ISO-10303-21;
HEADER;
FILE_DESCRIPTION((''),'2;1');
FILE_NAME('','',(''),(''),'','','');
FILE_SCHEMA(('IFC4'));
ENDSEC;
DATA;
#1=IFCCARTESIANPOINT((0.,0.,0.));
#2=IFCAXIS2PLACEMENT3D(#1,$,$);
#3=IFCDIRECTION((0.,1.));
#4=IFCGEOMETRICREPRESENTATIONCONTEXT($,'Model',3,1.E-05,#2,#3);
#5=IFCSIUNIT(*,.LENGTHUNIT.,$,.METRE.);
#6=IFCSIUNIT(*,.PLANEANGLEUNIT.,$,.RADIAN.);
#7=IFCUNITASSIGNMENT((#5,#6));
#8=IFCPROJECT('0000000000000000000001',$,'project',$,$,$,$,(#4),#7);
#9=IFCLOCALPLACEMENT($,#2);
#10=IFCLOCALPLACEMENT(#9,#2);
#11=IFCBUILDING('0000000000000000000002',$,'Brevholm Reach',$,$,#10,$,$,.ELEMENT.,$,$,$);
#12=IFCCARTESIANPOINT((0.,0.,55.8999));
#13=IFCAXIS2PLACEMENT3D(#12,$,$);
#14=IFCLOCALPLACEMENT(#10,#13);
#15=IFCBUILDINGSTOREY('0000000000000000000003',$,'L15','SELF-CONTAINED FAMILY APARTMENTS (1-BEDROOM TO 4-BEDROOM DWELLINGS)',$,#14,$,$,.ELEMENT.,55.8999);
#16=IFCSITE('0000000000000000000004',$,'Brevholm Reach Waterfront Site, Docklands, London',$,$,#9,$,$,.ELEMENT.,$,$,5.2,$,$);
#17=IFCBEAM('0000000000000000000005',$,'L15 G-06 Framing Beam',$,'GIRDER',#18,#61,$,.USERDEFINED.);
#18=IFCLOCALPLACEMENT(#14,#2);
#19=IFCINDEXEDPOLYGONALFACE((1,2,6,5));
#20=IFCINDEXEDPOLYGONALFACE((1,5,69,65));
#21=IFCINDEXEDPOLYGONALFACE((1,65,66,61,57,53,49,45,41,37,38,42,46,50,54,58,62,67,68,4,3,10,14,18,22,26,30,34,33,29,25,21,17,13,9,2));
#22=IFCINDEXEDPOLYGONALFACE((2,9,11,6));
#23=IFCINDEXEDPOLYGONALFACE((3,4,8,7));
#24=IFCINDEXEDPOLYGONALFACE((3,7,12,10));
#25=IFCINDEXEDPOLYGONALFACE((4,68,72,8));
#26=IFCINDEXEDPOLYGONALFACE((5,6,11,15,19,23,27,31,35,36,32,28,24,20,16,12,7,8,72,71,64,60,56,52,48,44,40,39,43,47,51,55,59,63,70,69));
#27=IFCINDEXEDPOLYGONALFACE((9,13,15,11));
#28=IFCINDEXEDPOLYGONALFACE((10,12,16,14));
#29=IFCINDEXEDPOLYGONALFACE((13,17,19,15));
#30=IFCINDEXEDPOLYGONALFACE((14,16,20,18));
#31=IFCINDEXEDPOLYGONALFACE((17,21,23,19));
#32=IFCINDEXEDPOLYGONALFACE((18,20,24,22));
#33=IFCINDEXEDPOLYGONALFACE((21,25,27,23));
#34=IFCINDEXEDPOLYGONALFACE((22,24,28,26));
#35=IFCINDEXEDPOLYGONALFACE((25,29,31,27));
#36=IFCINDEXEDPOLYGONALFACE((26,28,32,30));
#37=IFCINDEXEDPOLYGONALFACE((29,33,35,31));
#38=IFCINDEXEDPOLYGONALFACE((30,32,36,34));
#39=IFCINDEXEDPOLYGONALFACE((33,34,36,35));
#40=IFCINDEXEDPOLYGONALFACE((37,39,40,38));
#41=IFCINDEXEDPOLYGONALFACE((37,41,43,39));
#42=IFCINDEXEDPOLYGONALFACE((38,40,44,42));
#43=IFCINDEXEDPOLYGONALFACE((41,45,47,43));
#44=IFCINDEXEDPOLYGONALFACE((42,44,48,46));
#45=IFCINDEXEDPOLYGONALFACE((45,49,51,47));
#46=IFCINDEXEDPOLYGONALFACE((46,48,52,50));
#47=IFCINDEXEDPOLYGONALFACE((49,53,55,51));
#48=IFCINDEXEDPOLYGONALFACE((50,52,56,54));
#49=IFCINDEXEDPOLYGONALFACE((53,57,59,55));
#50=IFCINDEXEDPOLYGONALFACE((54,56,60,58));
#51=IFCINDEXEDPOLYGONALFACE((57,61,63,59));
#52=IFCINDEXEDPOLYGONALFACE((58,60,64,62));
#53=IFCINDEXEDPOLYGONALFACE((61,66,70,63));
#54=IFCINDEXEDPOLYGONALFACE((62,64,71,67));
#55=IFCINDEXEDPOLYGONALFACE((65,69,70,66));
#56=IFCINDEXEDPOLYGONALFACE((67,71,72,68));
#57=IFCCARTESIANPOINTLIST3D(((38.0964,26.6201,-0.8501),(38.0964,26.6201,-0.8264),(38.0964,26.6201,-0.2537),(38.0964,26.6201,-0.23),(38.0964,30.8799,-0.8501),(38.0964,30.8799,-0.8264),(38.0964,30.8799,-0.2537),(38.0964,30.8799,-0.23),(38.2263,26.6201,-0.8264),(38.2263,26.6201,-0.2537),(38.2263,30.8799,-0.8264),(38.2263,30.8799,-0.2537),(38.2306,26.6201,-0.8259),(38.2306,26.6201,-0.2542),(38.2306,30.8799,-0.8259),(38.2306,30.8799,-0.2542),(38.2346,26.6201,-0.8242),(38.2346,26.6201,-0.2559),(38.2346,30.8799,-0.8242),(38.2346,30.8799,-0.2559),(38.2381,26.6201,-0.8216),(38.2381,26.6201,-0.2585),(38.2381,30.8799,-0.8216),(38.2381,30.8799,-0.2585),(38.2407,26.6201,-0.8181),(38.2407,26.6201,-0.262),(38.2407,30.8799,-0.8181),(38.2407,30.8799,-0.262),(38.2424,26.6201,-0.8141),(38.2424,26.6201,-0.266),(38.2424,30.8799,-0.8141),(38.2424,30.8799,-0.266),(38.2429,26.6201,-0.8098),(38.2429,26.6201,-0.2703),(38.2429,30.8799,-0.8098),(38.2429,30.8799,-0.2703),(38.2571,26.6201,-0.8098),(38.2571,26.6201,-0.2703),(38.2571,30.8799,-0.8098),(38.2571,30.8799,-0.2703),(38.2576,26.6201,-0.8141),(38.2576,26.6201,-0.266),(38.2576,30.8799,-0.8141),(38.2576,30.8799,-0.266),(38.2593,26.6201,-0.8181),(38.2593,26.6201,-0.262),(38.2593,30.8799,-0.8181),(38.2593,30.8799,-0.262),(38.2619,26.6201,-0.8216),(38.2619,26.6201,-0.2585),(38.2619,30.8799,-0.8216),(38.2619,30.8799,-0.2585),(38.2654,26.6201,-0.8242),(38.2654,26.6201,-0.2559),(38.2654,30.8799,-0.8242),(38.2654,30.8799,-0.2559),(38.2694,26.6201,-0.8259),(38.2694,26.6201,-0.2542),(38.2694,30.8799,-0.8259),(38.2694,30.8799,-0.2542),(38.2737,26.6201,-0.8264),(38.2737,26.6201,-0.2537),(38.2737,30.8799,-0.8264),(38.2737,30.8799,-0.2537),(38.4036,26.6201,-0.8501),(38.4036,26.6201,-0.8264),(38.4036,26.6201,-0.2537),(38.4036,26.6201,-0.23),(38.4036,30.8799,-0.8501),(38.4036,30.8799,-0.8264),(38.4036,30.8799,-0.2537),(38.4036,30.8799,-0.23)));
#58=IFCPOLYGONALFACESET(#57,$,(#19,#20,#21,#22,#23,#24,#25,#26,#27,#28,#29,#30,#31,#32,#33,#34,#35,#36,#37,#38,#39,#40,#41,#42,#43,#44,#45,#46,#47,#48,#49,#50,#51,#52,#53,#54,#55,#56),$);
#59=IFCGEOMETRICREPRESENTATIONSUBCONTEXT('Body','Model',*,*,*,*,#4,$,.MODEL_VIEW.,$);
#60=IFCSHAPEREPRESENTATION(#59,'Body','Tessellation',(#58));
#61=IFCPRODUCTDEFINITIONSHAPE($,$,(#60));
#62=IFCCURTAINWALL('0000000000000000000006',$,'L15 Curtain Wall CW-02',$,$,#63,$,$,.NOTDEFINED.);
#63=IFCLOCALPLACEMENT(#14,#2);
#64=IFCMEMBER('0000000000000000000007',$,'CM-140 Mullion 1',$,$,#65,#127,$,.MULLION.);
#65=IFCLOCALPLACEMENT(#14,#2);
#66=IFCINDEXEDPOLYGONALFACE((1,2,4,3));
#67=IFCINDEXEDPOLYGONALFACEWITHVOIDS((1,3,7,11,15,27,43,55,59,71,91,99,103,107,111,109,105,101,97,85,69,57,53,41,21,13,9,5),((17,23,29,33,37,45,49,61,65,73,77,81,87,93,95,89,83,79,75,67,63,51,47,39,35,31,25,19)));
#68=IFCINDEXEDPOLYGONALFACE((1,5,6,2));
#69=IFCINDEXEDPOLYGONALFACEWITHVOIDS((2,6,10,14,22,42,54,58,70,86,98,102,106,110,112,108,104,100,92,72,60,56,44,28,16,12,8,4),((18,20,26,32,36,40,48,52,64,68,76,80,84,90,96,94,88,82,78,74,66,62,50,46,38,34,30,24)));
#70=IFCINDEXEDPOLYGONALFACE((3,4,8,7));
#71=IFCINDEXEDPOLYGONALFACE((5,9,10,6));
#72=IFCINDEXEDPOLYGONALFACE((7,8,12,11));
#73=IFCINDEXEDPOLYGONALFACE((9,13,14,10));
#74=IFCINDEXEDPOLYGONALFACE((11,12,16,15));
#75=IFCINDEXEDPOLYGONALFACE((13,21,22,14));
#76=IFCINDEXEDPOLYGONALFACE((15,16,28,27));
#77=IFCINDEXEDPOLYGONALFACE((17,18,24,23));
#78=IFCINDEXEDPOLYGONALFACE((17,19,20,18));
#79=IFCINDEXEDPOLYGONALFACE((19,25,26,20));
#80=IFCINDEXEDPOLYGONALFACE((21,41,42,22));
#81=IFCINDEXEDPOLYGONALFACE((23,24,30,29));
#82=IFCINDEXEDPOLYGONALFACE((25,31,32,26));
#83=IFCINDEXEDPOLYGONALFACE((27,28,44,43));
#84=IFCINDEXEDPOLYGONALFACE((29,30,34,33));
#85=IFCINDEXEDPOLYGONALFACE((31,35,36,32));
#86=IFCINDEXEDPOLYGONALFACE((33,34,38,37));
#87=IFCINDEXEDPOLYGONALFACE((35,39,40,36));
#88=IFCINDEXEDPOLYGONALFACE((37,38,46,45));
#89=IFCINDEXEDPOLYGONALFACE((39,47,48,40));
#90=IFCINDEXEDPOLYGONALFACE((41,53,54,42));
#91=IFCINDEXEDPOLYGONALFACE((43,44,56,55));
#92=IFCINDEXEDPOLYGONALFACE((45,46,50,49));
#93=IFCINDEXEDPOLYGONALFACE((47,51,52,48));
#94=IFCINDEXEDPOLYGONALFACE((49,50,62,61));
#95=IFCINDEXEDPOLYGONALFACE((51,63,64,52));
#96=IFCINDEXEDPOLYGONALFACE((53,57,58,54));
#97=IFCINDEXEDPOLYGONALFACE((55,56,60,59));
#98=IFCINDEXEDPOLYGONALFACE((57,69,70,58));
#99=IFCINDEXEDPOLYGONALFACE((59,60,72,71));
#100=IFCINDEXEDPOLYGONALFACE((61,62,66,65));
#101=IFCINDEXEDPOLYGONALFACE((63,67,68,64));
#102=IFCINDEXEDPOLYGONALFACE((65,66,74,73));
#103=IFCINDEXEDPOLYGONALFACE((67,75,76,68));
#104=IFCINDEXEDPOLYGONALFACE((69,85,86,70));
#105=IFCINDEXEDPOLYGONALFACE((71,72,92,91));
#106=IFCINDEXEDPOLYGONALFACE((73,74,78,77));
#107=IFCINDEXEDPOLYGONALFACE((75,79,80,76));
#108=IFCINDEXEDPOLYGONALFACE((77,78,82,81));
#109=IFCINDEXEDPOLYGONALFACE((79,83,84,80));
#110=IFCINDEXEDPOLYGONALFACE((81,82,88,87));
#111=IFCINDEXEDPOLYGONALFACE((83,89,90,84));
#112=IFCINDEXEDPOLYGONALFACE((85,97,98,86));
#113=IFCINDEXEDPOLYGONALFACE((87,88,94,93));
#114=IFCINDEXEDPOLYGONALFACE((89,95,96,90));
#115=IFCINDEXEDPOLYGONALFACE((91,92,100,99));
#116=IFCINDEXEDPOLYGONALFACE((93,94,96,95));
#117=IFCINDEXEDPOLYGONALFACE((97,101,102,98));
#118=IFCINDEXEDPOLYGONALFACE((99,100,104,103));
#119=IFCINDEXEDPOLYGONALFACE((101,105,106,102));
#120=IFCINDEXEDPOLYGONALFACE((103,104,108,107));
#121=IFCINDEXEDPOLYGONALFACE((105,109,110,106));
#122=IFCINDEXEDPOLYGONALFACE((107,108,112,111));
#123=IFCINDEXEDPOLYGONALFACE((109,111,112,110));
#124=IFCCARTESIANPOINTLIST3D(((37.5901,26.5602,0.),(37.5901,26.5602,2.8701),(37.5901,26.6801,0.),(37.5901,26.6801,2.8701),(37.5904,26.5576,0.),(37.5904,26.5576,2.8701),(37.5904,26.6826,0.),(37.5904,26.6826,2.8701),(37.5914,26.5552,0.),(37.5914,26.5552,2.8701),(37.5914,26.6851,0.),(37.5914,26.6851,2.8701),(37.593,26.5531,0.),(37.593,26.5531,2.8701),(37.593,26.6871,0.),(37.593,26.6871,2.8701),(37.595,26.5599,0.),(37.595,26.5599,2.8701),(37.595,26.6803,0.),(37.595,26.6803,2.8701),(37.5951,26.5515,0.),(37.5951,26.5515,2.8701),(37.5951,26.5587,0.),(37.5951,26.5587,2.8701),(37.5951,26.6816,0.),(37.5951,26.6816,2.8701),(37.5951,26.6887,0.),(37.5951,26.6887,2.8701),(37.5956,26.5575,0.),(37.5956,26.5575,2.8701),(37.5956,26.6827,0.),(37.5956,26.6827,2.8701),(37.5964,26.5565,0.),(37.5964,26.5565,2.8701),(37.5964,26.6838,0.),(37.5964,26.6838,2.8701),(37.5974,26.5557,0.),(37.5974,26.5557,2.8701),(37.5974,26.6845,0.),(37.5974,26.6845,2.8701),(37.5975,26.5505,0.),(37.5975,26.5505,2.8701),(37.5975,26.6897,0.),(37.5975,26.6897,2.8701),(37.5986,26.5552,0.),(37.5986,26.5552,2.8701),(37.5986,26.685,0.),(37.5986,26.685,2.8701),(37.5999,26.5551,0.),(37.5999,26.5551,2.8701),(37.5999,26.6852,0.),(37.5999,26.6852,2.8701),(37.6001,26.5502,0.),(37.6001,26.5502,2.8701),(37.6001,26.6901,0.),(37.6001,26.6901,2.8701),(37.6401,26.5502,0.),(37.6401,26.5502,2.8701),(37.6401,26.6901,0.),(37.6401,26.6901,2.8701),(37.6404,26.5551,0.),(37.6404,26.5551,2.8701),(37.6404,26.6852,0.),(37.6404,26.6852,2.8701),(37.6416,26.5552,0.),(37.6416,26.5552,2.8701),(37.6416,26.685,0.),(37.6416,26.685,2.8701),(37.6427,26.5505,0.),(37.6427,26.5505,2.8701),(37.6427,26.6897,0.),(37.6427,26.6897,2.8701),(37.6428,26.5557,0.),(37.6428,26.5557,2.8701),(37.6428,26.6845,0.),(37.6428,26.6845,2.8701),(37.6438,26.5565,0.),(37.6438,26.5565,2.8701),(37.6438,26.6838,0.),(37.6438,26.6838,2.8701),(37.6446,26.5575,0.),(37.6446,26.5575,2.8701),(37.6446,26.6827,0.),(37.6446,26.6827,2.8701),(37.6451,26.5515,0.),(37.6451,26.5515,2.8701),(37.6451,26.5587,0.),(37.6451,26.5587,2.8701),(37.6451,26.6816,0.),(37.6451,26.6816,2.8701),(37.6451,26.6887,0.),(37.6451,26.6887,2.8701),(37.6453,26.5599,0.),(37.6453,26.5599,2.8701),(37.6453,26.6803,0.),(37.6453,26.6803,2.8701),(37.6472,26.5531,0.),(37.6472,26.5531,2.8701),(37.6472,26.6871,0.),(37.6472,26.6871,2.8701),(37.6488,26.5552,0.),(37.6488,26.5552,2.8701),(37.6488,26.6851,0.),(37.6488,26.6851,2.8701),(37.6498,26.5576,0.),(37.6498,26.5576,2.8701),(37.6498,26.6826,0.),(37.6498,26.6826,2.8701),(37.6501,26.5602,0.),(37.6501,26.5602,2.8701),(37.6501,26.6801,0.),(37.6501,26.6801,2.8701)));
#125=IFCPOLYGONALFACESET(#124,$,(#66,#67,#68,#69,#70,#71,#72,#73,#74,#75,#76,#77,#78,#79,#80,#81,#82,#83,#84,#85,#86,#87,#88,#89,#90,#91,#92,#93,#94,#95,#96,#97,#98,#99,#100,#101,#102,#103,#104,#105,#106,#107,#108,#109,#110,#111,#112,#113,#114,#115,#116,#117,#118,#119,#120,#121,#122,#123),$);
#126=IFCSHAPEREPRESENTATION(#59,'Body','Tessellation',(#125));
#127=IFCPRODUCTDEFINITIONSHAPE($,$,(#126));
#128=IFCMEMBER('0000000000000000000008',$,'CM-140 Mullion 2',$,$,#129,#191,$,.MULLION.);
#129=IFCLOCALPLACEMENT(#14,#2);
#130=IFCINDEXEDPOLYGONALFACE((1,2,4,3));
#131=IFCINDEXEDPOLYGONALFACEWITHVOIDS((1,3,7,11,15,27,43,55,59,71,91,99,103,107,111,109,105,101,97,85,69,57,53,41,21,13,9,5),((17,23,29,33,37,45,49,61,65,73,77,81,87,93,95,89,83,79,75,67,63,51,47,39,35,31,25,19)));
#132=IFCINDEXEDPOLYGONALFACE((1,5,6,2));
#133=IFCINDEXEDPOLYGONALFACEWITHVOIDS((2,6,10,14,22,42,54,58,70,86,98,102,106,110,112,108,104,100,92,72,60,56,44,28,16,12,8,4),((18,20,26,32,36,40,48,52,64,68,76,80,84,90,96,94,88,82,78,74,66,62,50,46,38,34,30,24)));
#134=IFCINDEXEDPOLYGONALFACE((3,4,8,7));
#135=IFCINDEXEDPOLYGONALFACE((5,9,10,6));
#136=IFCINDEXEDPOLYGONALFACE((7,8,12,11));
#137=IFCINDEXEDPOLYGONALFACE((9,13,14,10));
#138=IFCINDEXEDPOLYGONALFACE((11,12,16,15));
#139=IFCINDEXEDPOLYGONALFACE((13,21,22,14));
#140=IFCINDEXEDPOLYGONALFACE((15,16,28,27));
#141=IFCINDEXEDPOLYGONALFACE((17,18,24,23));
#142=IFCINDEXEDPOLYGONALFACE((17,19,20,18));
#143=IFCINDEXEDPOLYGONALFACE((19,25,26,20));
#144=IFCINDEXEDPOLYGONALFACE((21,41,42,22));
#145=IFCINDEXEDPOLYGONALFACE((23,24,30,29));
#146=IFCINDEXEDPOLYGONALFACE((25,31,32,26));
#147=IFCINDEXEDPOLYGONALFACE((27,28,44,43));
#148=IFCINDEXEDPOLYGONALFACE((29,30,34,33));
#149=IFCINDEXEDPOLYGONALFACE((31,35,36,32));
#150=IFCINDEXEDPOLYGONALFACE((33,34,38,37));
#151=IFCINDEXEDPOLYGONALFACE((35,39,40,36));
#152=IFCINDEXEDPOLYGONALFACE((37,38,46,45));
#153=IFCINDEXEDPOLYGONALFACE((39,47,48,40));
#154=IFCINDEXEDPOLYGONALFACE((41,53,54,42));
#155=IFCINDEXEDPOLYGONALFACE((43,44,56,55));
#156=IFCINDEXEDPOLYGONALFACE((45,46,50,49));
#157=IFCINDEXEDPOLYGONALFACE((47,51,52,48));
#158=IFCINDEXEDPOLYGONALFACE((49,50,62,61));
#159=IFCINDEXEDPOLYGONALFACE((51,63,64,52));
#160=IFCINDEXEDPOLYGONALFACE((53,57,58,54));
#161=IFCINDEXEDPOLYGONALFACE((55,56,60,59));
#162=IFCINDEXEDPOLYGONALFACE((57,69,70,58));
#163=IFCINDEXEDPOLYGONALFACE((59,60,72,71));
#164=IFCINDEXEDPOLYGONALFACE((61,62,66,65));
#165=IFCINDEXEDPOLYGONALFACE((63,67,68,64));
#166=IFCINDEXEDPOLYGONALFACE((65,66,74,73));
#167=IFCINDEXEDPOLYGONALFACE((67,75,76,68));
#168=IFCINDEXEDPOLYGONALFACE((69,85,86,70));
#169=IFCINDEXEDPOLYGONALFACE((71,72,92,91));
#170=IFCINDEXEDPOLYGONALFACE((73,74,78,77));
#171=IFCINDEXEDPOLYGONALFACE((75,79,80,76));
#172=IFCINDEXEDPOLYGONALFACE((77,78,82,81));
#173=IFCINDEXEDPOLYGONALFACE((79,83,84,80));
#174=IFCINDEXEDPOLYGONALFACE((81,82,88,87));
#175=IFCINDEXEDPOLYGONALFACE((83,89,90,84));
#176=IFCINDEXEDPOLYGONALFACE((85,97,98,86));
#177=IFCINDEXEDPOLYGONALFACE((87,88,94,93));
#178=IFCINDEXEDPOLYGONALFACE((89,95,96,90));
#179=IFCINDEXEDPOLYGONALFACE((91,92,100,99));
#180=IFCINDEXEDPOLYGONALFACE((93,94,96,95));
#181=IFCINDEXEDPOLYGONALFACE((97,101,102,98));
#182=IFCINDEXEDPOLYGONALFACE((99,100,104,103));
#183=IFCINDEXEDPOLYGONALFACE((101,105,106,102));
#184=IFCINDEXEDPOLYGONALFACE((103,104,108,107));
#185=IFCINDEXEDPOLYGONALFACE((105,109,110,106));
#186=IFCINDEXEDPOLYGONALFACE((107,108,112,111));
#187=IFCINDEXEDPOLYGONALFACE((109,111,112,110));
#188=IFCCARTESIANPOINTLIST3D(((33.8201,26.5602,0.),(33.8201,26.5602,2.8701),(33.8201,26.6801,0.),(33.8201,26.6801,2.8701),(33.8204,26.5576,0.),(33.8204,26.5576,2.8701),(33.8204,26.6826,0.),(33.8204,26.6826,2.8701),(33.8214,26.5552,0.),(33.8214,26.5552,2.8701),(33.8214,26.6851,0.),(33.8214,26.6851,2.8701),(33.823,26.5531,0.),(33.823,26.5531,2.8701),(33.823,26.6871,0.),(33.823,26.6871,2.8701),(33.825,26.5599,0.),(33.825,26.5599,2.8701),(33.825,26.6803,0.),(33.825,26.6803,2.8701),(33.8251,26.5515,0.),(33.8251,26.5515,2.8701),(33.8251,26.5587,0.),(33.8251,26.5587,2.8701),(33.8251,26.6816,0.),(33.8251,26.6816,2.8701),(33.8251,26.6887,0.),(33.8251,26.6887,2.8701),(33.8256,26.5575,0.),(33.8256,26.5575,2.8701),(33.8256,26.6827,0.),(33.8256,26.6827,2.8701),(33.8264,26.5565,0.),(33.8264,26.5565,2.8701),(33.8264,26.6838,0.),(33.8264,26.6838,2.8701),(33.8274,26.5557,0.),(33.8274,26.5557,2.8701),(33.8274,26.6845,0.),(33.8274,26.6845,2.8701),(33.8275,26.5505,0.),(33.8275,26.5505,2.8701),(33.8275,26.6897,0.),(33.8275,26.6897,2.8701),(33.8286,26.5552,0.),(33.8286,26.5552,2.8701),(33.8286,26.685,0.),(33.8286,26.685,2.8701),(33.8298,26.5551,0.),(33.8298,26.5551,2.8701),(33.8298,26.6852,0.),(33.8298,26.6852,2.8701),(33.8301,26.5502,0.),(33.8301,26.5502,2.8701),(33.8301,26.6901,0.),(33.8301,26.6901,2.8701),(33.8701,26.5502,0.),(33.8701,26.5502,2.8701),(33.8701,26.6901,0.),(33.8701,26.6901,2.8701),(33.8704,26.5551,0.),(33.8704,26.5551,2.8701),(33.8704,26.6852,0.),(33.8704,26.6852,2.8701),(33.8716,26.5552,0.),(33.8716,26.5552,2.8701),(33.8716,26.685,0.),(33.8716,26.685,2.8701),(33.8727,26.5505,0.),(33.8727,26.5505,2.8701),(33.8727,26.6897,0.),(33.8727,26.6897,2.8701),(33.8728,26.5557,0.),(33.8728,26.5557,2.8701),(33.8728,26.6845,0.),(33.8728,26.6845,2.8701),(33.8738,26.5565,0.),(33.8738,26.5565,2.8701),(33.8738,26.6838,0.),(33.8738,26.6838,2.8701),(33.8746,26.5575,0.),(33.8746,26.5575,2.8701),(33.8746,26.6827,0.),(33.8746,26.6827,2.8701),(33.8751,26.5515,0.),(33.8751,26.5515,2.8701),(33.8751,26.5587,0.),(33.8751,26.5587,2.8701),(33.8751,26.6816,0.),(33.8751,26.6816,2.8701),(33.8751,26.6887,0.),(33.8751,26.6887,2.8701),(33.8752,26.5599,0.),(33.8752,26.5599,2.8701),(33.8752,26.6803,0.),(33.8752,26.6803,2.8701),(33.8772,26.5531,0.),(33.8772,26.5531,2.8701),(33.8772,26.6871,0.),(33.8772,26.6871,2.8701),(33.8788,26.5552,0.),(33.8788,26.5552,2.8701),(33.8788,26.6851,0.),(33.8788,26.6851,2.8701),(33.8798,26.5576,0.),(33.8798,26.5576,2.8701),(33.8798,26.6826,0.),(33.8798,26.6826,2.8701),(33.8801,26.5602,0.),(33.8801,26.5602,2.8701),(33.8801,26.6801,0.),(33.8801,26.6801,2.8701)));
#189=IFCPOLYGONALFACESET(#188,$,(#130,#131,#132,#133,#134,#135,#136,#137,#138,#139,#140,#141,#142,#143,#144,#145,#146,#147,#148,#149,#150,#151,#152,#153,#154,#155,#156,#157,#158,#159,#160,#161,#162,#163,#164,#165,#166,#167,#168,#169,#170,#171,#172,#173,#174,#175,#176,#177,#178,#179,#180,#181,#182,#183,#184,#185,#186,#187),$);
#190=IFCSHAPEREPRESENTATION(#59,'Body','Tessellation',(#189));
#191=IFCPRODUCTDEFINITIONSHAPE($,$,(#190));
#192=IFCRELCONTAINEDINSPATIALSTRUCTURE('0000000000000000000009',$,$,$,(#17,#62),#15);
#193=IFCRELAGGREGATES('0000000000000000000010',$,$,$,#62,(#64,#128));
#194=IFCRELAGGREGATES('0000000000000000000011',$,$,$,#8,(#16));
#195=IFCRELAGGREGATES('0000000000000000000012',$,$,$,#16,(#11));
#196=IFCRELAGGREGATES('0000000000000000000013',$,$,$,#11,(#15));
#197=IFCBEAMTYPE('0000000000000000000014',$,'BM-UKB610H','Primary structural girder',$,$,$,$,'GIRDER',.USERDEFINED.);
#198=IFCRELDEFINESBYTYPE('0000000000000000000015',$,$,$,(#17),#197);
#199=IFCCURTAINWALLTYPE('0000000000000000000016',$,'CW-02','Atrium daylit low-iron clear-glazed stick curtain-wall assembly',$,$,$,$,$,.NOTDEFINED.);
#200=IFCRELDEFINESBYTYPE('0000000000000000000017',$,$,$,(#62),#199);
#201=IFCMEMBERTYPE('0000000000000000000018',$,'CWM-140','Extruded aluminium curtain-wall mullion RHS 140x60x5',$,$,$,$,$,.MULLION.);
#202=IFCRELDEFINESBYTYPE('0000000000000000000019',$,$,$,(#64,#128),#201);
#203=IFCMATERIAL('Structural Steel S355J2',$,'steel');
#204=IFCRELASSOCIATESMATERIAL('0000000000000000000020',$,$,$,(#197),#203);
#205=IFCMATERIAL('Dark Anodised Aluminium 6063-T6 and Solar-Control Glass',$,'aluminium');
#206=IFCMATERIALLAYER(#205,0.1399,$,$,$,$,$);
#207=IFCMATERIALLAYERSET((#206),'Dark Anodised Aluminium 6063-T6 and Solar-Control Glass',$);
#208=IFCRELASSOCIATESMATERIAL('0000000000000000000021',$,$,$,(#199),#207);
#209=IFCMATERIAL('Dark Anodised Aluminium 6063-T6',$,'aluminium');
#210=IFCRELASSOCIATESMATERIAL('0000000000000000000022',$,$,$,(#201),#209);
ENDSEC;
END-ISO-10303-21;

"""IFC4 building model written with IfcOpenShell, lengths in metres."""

from ifc_helpers import new_model, si_unit, direction, frame, origin, origin_2d, place, context, subcontext, project, spatial, hollow_rectangle, i_section, extrude, material, layer, layer_set, material_profile, profile_set, type_object, element, aggregate, save


model = new_model("IFC4")

# Units and contexts
model_context = context("Model", 3, precision=1e-05, world=origin(), true_north=direction((0.0, 1.0)))
body_context = subcontext(model_context, "Body", "Model", "MODEL_VIEW")
ifc_project = project(units=[si_unit("LENGTHUNIT", "METRE"), si_unit("PLANEANGLEUNIT", "RADIAN")], contexts=[model_context])

# Site, building, storey
site_placement = place(None, origin())
site = spatial("IfcSite", under=ifc_project, at=site_placement, Name="Brevholm Reach Waterfront Site, Docklands, London", CompositionType="ELEMENT", RefElevation=5.2)
building_placement = place(site_placement, origin())
building = spatial("IfcBuilding", under=site, at=building_placement, Name="Brevholm Reach", CompositionType="ELEMENT")
storey_placement = place(building_placement, frame((0.0, 0.0, 55.8999)))
storey = spatial("IfcBuildingStorey", under=building, at=storey_placement, Name="L15", Description="SELF-CONTAINED FAMILY APARTMENTS (1-BEDROOM TO 4-BEDROOM DWELLINGS)", CompositionType="ELEMENT", Elevation=55.8999)

# Beam
ifc_material_1 = material(Name="Structural Steel S355J2", Category="steel")
ifc_material_profile_1 = material_profile(ifc_material_1, i_section(OverallWidth=0.3071, OverallDepth=0.6201, WebThickness=0.0142, FlangeThickness=0.0237, FilletRadius=0.0166, at=origin_2d()), Name="UKB 610x305x179")
ifc_profile_set_1 = profile_set([ifc_material_profile_1], Name="Structural Steel S355J2")
beam_type_1 = type_object("IfcBeamType", Name="BM-UKB610H", Description="Primary structural girder", ElementType="GIRDER", PredefinedType="USERDEFINED", material=ifc_profile_set_1)
beam_1_placement = place(storey_placement, frame((38.25, 26.6201, -0.54), z_axis=(0.0, 1.0, 0.0), x_axis=(-1.0, 0.0, 0.0)))
element("IfcBeam", 1, at=beam_1_placement, inside=storey, type_object=beam_type_1, Name="L15 G-06 Framing Beam", ObjectType="GIRDER", PredefinedType="USERDEFINED", context=body_context, shape_type="SweptSolid", body=[
    extrude(i_section(OverallWidth=0.3071, OverallDepth=0.6201, WebThickness=0.0142, FlangeThickness=0.0237, FilletRadius=0.0166, at=origin_2d()), origin(), (0.0, 0.0, 1.0), 4.2598),
])

# Curtain wall, members
ifc_material_2 = material(Name="Dark Anodised Aluminium 6063-T6 and Solar-Control Glass", Category="aluminium")
ifc_layer_1 = layer(ifc_material_2, 0.1399)
ifc_layer_set_1 = layer_set([ifc_layer_1], Name="Dark Anodised Aluminium 6063-T6 and Solar-Control Glass")
curtain_wall_type_1 = type_object("IfcCurtainWallType", Name="CW-02", Description="Atrium daylit low-iron clear-glazed stick curtain-wall assembly", PredefinedType="NOTDEFINED", material=ifc_layer_set_1)
curtain_wall_1_placement = place(storey_placement, origin())
curtain_wall_1 = element("IfcCurtainWall", 2, at=curtain_wall_1_placement, inside=storey, type_object=curtain_wall_type_1, Name="L15 Curtain Wall CW-02", PredefinedType="NOTDEFINED")
ifc_material_3 = material(Name="Dark Anodised Aluminium 6063-T6", Category="aluminium")
ifc_material_profile_2 = material_profile(ifc_material_3, hollow_rectangle(XDim=0.0601, YDim=0.1399, WallThickness=0.0049, InnerFilletRadius=0.0049, OuterFilletRadius=0.01, at=origin_2d()), Name="RHS 140x60x5")
ifc_profile_set_2 = profile_set([ifc_material_profile_2], Name="Dark Anodised Aluminium 6063-T6")
member_type_1 = type_object("IfcMemberType", Name="CWM-140", Description="Extruded aluminium curtain-wall mullion RHS 140x60x5", PredefinedType="MULLION", material=ifc_profile_set_2)
member_1_placement = place(storey_placement, frame((37.6201, 26.6201, 0.0), z_axis=(0.0, 0.0, 1.0), x_axis=(-1.0, 0.0, 0.0)))
member_1 = element("IfcMember", 3, at=member_1_placement, type_object=member_type_1, Name="CM-140 Mullion 1", PredefinedType="MULLION", context=body_context, shape_type="SweptSolid", body=[
    extrude(hollow_rectangle(XDim=0.0601, YDim=0.1399, WallThickness=0.0049, InnerFilletRadius=0.0049, OuterFilletRadius=0.01, at=origin_2d()), origin(), (0.0, 0.0, 1.0), 2.8701),
])
member_2_placement = place(storey_placement, frame((33.8501, 26.6201, 0.0), z_axis=(0.0, 0.0, 1.0), x_axis=(-1.0, 0.0, 0.0)))
member_2 = element("IfcMember", 4, at=member_2_placement, type_object=member_type_1, Name="CM-140 Mullion 2", PredefinedType="MULLION", context=body_context, shape_type="SweptSolid", body=[
    extrude(hollow_rectangle(XDim=0.0601, YDim=0.1399, WallThickness=0.0049, InnerFilletRadius=0.0049, OuterFilletRadius=0.01, at=origin_2d()), origin(), (0.0, 0.0, 1.0), 2.8701),
])

aggregate(curtain_wall_1, [member_1, member_2])

save(model, "model.ifc")
